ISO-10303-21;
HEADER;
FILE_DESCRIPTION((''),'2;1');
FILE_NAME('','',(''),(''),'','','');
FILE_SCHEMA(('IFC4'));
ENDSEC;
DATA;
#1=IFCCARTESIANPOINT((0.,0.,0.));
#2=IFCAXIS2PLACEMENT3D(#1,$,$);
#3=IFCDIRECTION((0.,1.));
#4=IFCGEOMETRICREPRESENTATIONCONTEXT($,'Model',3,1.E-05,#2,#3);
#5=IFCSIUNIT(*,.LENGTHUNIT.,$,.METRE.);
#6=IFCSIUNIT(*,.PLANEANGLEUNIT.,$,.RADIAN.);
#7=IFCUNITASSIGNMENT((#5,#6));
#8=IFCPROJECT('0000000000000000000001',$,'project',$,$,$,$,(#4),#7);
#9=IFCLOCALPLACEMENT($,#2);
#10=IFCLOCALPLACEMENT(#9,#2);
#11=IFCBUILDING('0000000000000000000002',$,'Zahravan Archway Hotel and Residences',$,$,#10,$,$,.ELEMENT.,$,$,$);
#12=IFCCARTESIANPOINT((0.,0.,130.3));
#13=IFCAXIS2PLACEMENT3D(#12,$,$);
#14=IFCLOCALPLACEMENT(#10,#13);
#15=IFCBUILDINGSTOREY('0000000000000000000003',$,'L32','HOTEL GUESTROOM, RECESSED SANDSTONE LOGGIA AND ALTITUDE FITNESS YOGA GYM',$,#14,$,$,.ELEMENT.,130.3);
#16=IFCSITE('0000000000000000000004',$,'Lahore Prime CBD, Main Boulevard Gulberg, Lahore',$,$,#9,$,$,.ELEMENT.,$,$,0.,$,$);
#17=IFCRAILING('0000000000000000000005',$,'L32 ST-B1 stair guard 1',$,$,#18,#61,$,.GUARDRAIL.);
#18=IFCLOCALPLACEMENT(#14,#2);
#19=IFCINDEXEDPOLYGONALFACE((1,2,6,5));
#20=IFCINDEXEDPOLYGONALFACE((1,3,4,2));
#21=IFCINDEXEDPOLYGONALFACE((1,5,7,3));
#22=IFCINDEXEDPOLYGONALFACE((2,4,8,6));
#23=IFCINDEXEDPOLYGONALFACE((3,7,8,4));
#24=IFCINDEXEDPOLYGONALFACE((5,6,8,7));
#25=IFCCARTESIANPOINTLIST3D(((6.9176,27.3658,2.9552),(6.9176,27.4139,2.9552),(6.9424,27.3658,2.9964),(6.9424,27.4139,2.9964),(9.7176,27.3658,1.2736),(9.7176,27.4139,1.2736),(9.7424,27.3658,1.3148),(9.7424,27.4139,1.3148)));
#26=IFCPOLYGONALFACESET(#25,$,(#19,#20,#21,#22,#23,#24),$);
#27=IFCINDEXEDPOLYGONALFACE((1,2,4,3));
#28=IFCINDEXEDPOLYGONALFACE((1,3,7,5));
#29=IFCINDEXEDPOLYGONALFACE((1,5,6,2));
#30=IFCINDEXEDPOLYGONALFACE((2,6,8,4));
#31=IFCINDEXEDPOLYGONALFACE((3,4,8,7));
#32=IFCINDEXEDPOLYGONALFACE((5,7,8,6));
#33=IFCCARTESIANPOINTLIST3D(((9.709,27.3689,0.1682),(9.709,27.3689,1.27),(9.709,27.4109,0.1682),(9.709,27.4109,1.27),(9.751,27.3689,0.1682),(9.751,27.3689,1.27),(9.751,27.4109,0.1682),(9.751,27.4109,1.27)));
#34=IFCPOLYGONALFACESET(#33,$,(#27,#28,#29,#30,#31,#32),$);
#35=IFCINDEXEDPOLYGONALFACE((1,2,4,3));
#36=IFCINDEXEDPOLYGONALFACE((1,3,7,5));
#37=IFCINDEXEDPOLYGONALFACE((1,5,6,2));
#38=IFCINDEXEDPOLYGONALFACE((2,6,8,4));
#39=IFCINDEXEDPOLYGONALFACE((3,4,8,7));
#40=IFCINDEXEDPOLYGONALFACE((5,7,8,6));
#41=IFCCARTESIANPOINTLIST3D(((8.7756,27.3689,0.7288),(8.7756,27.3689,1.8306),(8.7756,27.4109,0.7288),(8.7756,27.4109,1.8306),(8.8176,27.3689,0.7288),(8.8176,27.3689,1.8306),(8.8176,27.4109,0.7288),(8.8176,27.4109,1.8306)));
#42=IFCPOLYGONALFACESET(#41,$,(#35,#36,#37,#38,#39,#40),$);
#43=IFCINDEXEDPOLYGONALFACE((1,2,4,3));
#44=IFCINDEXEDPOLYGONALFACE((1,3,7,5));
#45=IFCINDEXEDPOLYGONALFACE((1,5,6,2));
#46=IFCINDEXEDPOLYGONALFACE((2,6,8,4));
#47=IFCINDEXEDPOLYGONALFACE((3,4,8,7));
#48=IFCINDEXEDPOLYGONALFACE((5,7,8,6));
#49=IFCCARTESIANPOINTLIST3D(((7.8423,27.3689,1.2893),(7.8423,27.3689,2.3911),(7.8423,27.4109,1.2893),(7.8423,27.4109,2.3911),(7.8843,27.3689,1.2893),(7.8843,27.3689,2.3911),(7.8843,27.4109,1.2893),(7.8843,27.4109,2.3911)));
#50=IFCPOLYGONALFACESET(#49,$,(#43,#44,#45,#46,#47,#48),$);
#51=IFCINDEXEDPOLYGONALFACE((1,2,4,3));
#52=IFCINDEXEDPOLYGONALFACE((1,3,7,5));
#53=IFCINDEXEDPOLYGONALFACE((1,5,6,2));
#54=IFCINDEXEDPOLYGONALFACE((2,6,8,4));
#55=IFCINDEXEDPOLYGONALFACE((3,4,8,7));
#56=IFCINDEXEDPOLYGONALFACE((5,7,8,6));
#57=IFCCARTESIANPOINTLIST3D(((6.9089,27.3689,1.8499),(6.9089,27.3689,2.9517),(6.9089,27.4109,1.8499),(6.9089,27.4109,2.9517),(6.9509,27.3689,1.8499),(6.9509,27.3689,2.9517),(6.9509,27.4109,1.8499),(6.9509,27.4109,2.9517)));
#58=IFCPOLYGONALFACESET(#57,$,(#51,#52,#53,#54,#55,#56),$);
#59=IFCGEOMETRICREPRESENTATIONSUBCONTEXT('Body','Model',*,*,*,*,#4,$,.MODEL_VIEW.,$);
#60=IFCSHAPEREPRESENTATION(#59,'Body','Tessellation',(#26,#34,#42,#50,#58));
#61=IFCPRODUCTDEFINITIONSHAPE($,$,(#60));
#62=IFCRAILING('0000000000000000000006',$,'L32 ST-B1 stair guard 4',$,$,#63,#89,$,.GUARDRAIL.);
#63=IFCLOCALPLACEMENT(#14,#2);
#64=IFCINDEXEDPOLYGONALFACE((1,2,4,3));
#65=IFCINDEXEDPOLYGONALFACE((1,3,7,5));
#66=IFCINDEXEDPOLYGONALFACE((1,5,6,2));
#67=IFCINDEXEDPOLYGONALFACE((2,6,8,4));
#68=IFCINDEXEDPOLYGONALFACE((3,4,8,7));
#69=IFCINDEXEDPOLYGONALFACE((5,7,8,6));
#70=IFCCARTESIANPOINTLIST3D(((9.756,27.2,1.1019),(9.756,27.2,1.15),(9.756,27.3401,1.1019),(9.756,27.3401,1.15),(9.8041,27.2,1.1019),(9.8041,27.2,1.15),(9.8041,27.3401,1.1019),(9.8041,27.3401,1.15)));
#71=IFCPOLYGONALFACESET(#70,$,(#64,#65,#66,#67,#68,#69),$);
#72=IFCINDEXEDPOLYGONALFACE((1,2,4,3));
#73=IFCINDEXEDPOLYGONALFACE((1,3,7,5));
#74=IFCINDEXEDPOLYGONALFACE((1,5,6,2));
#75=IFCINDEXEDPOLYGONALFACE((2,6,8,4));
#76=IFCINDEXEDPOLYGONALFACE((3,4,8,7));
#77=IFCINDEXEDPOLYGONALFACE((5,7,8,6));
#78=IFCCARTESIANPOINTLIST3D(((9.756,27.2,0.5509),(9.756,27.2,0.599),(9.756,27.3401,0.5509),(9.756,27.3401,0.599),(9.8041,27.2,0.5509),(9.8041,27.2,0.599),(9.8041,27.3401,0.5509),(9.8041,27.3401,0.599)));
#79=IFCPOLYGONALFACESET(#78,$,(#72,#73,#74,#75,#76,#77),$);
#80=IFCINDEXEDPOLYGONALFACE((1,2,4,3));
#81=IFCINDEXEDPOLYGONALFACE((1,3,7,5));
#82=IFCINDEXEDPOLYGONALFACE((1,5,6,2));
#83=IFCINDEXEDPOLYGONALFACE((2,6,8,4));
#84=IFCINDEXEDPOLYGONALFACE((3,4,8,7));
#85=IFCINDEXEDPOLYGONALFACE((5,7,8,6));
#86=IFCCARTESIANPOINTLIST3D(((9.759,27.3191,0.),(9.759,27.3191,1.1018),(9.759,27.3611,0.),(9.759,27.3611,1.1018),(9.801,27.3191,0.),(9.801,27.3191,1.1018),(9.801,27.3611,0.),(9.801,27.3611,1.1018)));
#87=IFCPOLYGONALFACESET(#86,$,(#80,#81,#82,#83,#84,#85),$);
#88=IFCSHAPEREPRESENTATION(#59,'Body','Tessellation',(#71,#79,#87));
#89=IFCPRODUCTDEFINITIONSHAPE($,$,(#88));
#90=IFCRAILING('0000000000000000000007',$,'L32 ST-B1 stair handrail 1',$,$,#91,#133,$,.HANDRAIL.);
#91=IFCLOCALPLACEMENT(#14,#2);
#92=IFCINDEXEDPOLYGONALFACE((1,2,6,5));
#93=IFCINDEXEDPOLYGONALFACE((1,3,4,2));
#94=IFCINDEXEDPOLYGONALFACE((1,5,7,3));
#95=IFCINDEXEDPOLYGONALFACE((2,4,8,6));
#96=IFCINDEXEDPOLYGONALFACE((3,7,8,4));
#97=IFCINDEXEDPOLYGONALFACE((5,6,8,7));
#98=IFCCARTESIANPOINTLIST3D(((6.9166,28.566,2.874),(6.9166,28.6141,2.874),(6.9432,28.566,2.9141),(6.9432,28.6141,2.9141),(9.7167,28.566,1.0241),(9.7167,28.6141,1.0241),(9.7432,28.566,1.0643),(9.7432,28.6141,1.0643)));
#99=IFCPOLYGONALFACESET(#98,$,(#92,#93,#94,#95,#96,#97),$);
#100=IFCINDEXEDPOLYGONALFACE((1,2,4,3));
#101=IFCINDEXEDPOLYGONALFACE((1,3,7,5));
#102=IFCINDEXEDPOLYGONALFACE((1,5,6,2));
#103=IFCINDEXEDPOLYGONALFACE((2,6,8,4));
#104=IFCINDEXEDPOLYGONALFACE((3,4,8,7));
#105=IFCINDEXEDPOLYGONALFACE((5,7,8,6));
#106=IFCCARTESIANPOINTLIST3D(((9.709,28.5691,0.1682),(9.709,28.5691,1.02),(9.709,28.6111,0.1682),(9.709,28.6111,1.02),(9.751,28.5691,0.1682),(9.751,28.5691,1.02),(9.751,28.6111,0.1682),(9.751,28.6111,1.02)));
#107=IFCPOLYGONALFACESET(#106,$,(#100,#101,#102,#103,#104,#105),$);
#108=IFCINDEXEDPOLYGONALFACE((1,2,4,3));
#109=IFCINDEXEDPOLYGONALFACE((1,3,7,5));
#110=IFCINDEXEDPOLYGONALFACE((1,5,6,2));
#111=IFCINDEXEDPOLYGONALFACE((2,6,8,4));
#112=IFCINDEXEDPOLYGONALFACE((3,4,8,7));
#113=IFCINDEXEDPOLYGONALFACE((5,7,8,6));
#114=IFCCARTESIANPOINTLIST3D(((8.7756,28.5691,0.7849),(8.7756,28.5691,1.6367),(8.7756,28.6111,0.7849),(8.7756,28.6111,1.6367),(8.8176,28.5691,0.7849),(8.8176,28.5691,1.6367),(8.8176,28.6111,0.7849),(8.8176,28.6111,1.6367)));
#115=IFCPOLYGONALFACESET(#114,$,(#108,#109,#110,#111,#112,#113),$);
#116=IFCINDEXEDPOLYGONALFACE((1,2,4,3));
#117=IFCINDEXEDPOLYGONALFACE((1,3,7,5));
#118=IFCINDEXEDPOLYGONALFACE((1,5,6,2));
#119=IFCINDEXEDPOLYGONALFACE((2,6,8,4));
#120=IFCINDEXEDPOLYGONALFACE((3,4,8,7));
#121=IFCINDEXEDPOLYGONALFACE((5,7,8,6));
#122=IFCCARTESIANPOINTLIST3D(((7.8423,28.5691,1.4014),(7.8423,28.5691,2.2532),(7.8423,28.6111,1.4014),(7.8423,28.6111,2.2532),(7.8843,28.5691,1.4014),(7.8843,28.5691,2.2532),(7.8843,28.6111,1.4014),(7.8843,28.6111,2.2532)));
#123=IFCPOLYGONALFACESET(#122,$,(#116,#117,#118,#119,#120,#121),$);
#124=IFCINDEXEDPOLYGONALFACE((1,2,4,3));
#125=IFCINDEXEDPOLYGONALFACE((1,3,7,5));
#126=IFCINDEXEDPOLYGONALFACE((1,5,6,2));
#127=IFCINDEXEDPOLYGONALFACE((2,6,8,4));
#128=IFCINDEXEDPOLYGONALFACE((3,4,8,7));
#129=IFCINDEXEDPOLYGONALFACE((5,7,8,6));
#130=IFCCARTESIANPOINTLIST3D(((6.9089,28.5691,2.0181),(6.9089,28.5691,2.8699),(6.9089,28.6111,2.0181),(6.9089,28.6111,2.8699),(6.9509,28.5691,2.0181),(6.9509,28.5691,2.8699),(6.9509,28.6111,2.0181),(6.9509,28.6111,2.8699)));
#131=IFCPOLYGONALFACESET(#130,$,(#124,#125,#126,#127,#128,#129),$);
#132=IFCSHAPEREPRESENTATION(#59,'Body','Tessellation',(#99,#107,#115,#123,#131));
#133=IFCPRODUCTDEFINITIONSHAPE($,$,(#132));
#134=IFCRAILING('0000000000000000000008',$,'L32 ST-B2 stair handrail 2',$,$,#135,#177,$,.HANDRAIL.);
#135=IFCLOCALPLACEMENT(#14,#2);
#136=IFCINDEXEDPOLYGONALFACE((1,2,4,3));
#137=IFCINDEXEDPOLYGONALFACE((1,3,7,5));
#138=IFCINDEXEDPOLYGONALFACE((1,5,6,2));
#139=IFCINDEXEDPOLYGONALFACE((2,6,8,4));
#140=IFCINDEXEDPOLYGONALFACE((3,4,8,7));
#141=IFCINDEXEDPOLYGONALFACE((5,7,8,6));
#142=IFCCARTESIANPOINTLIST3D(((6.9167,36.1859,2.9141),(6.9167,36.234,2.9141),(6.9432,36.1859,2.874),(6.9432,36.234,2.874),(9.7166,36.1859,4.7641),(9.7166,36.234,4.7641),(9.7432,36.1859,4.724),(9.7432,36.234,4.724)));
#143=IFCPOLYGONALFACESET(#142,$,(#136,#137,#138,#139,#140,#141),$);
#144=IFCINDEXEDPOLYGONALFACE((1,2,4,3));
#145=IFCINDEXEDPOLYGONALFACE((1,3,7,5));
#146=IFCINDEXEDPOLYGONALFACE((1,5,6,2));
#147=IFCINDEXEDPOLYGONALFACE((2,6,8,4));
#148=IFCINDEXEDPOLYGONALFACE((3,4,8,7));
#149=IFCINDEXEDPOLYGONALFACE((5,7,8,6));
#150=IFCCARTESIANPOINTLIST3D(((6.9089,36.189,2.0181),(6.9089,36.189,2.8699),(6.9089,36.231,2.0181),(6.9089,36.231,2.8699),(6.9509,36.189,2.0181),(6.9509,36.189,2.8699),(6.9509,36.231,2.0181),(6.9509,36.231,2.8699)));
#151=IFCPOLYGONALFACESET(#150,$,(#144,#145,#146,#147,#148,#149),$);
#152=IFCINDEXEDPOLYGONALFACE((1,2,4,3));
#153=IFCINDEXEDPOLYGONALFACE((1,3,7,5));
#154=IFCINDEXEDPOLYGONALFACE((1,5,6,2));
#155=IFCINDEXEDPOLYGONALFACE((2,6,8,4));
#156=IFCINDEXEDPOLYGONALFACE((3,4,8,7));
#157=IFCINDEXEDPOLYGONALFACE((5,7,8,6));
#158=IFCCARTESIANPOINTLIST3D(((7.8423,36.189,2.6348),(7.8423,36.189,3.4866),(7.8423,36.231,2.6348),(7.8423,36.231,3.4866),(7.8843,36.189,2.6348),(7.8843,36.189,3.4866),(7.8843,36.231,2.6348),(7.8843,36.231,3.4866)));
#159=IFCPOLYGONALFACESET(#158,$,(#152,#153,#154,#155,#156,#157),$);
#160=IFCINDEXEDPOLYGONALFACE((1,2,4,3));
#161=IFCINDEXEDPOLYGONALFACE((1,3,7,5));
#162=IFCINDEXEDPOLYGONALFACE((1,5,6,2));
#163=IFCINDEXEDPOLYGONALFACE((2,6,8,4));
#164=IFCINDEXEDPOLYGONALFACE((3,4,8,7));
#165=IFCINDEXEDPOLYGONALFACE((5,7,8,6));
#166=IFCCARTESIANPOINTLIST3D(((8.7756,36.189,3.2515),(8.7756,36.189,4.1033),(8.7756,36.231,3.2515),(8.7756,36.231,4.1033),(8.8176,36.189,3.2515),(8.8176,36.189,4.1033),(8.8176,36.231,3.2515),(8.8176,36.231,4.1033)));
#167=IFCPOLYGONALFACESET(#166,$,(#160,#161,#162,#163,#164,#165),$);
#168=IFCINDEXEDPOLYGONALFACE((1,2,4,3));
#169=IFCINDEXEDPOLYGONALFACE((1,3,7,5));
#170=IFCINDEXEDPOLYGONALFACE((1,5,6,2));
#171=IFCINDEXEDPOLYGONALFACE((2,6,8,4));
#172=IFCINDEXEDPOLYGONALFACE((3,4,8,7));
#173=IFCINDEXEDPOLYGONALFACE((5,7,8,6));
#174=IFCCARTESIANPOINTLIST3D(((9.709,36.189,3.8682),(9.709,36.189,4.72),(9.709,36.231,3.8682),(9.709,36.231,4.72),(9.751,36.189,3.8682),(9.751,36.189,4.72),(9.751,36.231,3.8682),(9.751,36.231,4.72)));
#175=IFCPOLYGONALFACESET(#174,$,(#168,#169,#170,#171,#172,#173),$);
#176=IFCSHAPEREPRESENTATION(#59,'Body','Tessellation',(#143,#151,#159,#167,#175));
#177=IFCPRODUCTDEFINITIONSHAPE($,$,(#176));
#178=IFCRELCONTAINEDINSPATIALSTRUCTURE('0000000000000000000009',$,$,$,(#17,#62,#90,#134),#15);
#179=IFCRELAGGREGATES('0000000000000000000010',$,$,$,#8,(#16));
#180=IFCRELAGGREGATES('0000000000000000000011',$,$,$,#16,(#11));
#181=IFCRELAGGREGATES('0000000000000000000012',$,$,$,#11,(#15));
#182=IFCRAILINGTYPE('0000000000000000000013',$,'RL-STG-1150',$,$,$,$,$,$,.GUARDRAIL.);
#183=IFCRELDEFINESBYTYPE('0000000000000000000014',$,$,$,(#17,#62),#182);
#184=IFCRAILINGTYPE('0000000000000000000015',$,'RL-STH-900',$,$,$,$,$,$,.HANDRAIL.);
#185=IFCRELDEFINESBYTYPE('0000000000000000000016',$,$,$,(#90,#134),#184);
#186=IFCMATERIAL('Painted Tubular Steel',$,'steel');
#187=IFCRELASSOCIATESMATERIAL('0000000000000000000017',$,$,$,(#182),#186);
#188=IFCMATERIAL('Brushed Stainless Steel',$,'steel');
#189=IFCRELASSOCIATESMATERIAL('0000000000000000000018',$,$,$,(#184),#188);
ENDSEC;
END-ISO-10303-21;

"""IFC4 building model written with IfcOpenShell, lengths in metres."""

from ifc_helpers import new_model, si_unit, direction, frame, origin, origin_2d, place, context, subcontext, project, spatial, rectangle, extrude, material, type_object, element, save


model = new_model("IFC4")

# Units and contexts
model_context = context("Model", 3, precision=1e-05, world=origin(), true_north=direction((0.0, 1.0)))
body_context = subcontext(model_context, "Body", "Model", "MODEL_VIEW")
ifc_project = project(units=[si_unit("LENGTHUNIT", "METRE"), si_unit("PLANEANGLEUNIT", "RADIAN")], contexts=[model_context])

# Site, building, storey
site_placement = place(None, origin())
site = spatial("IfcSite", under=ifc_project, at=site_placement, Name="Lahore Prime CBD, Main Boulevard Gulberg, Lahore", CompositionType="ELEMENT", RefElevation=0.0)
building_placement = place(site_placement, origin())
building = spatial("IfcBuilding", under=site, at=building_placement, Name="Zahravan Archway Hotel and Residences", CompositionType="ELEMENT")
storey_placement = place(building_placement, frame((0.0, 0.0, 130.3)))
storey = spatial("IfcBuildingStorey", under=building, at=storey_placement, Name="L32", Description="HOTEL GUESTROOM, RECESSED SANDSTONE LOGGIA AND ALTITUDE FITNESS YOGA GYM", CompositionType="ELEMENT", Elevation=130.3)

# Shared definitions
ifc_material_1 = material(Name="Brushed Stainless Steel", Category="steel")

# Railings
ifc_material_2 = material(Name="Painted Tubular Steel", Category="steel")
railing_type_1 = type_object("IfcRailingType", Name="RL-STG-1150", PredefinedType="GUARDRAIL", material=ifc_material_2)
railing_1_placement = place(storey_placement, frame((9.73, 27.3899, 0.1682)))
element("IfcRailing", 1, at=railing_1_placement, inside=storey, type_object=railing_type_1, Name="L32 ST-B1 stair guard 1", PredefinedType="GUARDRAIL", context=body_context, shape_type="SweptSolid", body=[
    extrude(rectangle(XDim=0.0481, YDim=0.0481, at=origin_2d()), frame((0.0, 0.0, 1.126), z_axis=(-0.857275, 0.0, 0.514858), x_axis=(0.0, -1.0, 0.0)), (0.0, 0.0, 1.0), 3.2661),
    extrude(rectangle(XDim=0.042, YDim=0.042, at=origin_2d()), origin(), (0.0, 0.0, 1.0), 1.1018),
    extrude(rectangle(XDim=0.042, YDim=0.042, at=origin_2d()), frame((-0.9333, 0.0, 0.5605)), (0.0, 0.0, 1.0), 1.1018),
    extrude(rectangle(XDim=0.042, YDim=0.042, at=origin_2d()), frame((-1.8667, 0.0, 1.1211)), (0.0, 0.0, 1.0), 1.1018),
    extrude(rectangle(XDim=0.042, YDim=0.042, at=origin_2d()), frame((-2.8, 0.0, 1.6816)), (0.0, 0.0, 1.0), 1.1018),
])
railing_2_placement = place(storey_placement, frame((9.78, 27.3401, 0.0)))
element("IfcRailing", 2, at=railing_2_placement, inside=storey, type_object=railing_type_1, Name="L32 ST-B1 stair guard 4", PredefinedType="GUARDRAIL", context=body_context, shape_type="SweptSolid", body=[
    extrude(rectangle(XDim=0.0481, YDim=0.0481, at=origin_2d()), frame((0.0, 0.0, 1.126), z_axis=(0.0, -1.0, 0.0), x_axis=(1.0, 0.0, 0.0)), (0.0, 0.0, 1.0), 0.1401),
    extrude(rectangle(XDim=0.0481, YDim=0.0481, at=origin_2d()), frame((0.0, 0.0, 0.575), z_axis=(0.0, -1.0, 0.0), x_axis=(1.0, 0.0, 0.0)), (0.0, 0.0, 1.0), 0.1401),
    extrude(rectangle(XDim=0.042, YDim=0.042, at=origin_2d()), origin(), (0.0, 0.0, 1.0), 1.1018),
])
railing_type_2 = type_object("IfcRailingType", Name="RL-STH-900", PredefinedType="HANDRAIL", material=ifc_material_1)
railing_3_placement = place(storey_placement, frame((9.73, 28.5901, 0.1682)))
element("IfcRailing", 3, at=railing_3_placement, inside=storey, type_object=railing_type_2, Name="L32 ST-B1 stair handrail 1", PredefinedType="HANDRAIL", context=body_context, shape_type="SweptSolid", body=[
    extrude(rectangle(XDim=0.0481, YDim=0.0481, at=origin_2d()), frame((0.0, 0.0, 0.876), z_axis=(-0.83436, 0.0, 0.55122), x_axis=(0.0, -1.0, 0.0)), (0.0, 0.0, 1.0), 3.356),
    extrude(rectangle(XDim=0.042, YDim=0.042, at=origin_2d()), origin(), (0.0, 0.0, 1.0), 0.8518),
    extrude(rectangle(XDim=0.042, YDim=0.042, at=origin_2d()), frame((-0.9333, 0.0, 0.6167)), (0.0, 0.0, 1.0), 0.8518),
    extrude(rectangle(XDim=0.042, YDim=0.042, at=origin_2d()), frame((-1.8667, 0.0, 1.2332)), (0.0, 0.0, 1.0), 0.8518),
    extrude(rectangle(XDim=0.042, YDim=0.042, at=origin_2d()), frame((-2.8, 0.0, 1.8499)), (0.0, 0.0, 1.0), 0.8518),
])
railing_4_placement = place(storey_placement, frame((6.9299, 36.21, 2.0181)))
element("IfcRailing", 4, at=railing_4_placement, inside=storey, type_object=railing_type_2, Name="L32 ST-B2 stair handrail 2", PredefinedType="HANDRAIL", context=body_context, shape_type="SweptSolid", body=[
    extrude(rectangle(XDim=0.0481, YDim=0.0481, at=origin_2d()), frame((0.0, 0.0, 0.876), z_axis=(0.834326, 0.0, 0.551271), x_axis=(0.0, 1.0, 0.0)), (0.0, 0.0, 1.0), 3.356),
    extrude(rectangle(XDim=0.042, YDim=0.042, at=origin_2d()), origin(), (0.0, 0.0, 1.0), 0.8518),
    extrude(rectangle(XDim=0.042, YDim=0.042, at=origin_2d()), frame((0.9333, 0.0, 0.6167)), (0.0, 0.0, 1.0), 0.8518),
    extrude(rectangle(XDim=0.042, YDim=0.042, at=origin_2d()), frame((1.8667, 0.0, 1.2334)), (0.0, 0.0, 1.0), 0.8518),
    extrude(rectangle(XDim=0.042, YDim=0.042, at=origin_2d()), frame((2.8, 0.0, 1.8501)), (0.0, 0.0, 1.0), 0.8518),
])

save(model, "model.ifc")
